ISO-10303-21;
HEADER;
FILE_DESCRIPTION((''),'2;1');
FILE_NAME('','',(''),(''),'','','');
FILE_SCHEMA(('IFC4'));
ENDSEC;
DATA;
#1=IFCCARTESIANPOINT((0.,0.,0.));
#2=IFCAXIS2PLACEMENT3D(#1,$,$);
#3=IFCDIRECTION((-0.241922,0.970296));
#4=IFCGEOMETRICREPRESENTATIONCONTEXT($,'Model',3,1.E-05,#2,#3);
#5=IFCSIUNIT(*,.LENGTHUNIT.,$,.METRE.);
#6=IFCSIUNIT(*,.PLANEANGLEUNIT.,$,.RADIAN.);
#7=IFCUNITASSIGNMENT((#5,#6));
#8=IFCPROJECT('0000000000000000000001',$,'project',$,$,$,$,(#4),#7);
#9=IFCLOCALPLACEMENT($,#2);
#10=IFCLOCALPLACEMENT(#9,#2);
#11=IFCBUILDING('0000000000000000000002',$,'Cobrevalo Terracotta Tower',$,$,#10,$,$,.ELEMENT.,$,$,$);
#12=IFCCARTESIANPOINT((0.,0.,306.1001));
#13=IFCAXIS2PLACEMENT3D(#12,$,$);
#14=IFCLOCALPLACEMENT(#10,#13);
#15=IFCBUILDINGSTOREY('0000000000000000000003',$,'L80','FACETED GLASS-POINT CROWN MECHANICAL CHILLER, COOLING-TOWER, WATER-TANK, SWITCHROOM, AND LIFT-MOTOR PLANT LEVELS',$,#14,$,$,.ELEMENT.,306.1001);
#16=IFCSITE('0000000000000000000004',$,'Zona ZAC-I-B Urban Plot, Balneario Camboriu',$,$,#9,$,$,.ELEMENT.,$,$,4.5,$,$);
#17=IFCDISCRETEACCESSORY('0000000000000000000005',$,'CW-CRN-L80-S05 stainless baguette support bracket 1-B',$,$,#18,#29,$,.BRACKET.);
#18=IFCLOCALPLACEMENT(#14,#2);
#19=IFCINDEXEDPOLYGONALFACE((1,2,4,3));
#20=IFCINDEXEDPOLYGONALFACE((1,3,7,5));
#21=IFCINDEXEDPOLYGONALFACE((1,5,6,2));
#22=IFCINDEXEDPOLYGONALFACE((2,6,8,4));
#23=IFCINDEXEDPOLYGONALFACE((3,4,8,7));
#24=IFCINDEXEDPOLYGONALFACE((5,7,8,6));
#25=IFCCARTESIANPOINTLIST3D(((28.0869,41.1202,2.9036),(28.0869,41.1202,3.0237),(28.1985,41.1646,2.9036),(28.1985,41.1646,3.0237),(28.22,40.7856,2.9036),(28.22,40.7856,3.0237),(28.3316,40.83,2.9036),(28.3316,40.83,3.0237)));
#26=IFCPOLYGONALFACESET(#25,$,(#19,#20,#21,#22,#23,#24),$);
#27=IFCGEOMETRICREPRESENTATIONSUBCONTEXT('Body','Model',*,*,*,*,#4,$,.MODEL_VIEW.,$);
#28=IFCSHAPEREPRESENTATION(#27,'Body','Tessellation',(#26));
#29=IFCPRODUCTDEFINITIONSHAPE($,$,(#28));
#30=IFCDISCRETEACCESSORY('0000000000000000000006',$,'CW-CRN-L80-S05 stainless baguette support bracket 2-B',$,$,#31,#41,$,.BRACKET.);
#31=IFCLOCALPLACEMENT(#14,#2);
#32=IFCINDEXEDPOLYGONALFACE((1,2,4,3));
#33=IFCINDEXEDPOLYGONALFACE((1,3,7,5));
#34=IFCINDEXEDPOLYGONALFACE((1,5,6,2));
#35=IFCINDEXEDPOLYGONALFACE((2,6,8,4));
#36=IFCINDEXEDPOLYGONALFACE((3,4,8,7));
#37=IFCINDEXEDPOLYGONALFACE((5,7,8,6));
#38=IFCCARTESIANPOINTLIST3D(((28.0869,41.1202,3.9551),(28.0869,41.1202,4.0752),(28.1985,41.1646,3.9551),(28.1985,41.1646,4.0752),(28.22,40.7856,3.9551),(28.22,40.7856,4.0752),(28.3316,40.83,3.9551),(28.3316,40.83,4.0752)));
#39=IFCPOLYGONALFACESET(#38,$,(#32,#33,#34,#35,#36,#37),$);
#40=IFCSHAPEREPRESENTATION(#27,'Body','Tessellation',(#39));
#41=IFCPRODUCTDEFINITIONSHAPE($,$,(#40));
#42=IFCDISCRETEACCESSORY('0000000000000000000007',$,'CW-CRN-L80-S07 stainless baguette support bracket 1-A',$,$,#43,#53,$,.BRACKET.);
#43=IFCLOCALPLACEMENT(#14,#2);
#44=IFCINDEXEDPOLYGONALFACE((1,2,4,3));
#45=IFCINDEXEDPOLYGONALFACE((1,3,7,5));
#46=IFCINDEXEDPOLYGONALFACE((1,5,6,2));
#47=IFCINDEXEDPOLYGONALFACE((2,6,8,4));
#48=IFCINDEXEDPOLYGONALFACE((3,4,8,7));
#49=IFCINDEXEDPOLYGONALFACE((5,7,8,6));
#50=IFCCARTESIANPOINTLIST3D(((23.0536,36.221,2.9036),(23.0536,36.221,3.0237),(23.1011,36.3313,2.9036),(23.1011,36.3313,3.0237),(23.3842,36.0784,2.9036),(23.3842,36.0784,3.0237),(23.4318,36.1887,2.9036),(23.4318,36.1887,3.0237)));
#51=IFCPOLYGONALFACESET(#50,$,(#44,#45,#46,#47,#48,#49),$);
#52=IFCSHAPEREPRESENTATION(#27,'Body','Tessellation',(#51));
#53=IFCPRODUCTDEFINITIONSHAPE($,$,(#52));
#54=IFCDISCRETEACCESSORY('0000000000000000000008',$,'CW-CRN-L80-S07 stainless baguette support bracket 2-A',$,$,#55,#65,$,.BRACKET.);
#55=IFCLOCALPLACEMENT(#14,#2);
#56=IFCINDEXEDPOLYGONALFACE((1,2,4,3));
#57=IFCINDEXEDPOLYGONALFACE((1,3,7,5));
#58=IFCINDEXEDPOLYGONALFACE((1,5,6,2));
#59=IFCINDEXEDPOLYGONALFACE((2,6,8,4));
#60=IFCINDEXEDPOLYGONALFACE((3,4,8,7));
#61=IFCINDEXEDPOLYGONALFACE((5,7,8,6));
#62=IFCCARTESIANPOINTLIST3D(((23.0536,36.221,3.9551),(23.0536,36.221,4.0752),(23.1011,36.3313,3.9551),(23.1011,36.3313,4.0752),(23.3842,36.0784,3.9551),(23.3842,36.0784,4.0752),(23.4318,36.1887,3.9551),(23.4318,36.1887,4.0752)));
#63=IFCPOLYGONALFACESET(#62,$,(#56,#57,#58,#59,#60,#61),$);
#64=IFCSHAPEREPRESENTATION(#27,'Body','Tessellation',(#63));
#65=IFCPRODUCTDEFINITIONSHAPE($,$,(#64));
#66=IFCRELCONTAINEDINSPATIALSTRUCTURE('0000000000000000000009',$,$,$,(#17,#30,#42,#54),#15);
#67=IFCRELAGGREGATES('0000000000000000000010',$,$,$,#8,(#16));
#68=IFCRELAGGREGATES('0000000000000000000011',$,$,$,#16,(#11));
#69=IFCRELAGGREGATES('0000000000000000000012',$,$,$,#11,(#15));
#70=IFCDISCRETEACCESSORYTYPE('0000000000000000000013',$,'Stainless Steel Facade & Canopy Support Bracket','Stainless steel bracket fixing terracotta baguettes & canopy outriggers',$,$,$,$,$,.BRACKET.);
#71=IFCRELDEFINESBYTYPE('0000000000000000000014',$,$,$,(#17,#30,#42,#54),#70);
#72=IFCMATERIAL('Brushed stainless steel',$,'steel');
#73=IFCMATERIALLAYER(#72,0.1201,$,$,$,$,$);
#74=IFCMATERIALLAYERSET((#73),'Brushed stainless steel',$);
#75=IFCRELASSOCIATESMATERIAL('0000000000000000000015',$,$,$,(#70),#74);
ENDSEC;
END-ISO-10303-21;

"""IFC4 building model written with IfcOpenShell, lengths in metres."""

from ifc_helpers import new_model, si_unit, direction, frame, origin, origin_2d, place, context, subcontext, project, spatial, rectangle, extrude, source, transform, mapped, material, layer, layer_set, type_object, element, save


model = new_model("IFC4")

# Units and contexts
model_context = context("Model", 3, precision=1e-05, world=origin(), true_north=direction((-0.241922, 0.970296)))
body_context = subcontext(model_context, "Body", "Model", "MODEL_VIEW")
ifc_project = project(units=[si_unit("LENGTHUNIT", "METRE"), si_unit("PLANEANGLEUNIT", "RADIAN")], contexts=[model_context])

# Site, building, storey
site_placement = place(None, origin())
site = spatial("IfcSite", under=ifc_project, at=site_placement, Name="Zona ZAC-I-B Urban Plot, Balneario Camboriu", CompositionType="ELEMENT", RefElevation=4.5)
building_placement = place(site_placement, origin())
building = spatial("IfcBuilding", under=site, at=building_placement, Name="Cobrevalo Terracotta Tower", CompositionType="ELEMENT")
storey_placement = place(building_placement, frame((0.0, 0.0, 306.1001)))
storey = spatial("IfcBuildingStorey", under=building, at=storey_placement, Name="L80", Description="FACETED GLASS-POINT CROWN MECHANICAL CHILLER, COOLING-TOWER, WATER-TANK, SWITCHROOM, AND LIFT-MOTOR PLANT LEVELS", CompositionType="ELEMENT", Elevation=306.1001)

# Discrete accessories
ifc_material_1 = material(Name="Brushed stainless steel", Category="steel")
ifc_layer_1 = layer(ifc_material_1, 0.1201)
ifc_layer_set_1 = layer_set([ifc_layer_1], Name="Brushed stainless steel")
discrete_accessory_type = type_object("IfcDiscreteAccessoryType", Name="Stainless Steel Facade & Canopy Support Bracket", Description="Stainless steel bracket fixing terracotta baguettes & canopy outriggers", PredefinedType="BRACKET", material=ifc_layer_set_1)
shared_shape_1 = source(origin(), body_context, "Body", "SweptSolid", [
    extrude(rectangle(XDim=0.1201, YDim=0.3601, at=origin_2d()), origin(), (0.0, 0.0, 1.0), 0.1201),
])
for number, where, z_axis, x_axis, name in (
    (1, (28.2092, 40.9751, 2.9036), (0.0, 0.0, 1.0), (-0.929191, -0.369601, 0.0), "CW-CRN-L80-S05 stainless baguette support bracket 1-B"),
    (2, (28.2092, 40.9751, 3.9551), (0.0, 0.0, 1.0), (-0.929191, -0.369601, 0.0), "CW-CRN-L80-S05 stainless baguette support bracket 2-B"),
    (3, (23.2427, 36.2048, 2.9036), (0.0, 0.0, 1.0), (-0.396066, -0.918222, 0.0), "CW-CRN-L80-S07 stainless baguette support bracket 1-A"),
    (4, (23.2427, 36.2048, 3.9551), (0.0, 0.0, 1.0), (-0.396066, -0.918222, 0.0), "CW-CRN-L80-S07 stainless baguette support bracket 2-A"),
):
    element("IfcDiscreteAccessory", number, at=place(storey_placement, frame(where, z_axis=z_axis, x_axis=x_axis)), inside=storey, type_object=discrete_accessory_type, Name=name, PredefinedType="BRACKET", context=body_context, shape_type="MappedRepresentation", body=[
        mapped(shared_shape_1, transform((0.0, 0.0, 0.0), scale=1.0)),
    ])

save(model, "model.ifc")
